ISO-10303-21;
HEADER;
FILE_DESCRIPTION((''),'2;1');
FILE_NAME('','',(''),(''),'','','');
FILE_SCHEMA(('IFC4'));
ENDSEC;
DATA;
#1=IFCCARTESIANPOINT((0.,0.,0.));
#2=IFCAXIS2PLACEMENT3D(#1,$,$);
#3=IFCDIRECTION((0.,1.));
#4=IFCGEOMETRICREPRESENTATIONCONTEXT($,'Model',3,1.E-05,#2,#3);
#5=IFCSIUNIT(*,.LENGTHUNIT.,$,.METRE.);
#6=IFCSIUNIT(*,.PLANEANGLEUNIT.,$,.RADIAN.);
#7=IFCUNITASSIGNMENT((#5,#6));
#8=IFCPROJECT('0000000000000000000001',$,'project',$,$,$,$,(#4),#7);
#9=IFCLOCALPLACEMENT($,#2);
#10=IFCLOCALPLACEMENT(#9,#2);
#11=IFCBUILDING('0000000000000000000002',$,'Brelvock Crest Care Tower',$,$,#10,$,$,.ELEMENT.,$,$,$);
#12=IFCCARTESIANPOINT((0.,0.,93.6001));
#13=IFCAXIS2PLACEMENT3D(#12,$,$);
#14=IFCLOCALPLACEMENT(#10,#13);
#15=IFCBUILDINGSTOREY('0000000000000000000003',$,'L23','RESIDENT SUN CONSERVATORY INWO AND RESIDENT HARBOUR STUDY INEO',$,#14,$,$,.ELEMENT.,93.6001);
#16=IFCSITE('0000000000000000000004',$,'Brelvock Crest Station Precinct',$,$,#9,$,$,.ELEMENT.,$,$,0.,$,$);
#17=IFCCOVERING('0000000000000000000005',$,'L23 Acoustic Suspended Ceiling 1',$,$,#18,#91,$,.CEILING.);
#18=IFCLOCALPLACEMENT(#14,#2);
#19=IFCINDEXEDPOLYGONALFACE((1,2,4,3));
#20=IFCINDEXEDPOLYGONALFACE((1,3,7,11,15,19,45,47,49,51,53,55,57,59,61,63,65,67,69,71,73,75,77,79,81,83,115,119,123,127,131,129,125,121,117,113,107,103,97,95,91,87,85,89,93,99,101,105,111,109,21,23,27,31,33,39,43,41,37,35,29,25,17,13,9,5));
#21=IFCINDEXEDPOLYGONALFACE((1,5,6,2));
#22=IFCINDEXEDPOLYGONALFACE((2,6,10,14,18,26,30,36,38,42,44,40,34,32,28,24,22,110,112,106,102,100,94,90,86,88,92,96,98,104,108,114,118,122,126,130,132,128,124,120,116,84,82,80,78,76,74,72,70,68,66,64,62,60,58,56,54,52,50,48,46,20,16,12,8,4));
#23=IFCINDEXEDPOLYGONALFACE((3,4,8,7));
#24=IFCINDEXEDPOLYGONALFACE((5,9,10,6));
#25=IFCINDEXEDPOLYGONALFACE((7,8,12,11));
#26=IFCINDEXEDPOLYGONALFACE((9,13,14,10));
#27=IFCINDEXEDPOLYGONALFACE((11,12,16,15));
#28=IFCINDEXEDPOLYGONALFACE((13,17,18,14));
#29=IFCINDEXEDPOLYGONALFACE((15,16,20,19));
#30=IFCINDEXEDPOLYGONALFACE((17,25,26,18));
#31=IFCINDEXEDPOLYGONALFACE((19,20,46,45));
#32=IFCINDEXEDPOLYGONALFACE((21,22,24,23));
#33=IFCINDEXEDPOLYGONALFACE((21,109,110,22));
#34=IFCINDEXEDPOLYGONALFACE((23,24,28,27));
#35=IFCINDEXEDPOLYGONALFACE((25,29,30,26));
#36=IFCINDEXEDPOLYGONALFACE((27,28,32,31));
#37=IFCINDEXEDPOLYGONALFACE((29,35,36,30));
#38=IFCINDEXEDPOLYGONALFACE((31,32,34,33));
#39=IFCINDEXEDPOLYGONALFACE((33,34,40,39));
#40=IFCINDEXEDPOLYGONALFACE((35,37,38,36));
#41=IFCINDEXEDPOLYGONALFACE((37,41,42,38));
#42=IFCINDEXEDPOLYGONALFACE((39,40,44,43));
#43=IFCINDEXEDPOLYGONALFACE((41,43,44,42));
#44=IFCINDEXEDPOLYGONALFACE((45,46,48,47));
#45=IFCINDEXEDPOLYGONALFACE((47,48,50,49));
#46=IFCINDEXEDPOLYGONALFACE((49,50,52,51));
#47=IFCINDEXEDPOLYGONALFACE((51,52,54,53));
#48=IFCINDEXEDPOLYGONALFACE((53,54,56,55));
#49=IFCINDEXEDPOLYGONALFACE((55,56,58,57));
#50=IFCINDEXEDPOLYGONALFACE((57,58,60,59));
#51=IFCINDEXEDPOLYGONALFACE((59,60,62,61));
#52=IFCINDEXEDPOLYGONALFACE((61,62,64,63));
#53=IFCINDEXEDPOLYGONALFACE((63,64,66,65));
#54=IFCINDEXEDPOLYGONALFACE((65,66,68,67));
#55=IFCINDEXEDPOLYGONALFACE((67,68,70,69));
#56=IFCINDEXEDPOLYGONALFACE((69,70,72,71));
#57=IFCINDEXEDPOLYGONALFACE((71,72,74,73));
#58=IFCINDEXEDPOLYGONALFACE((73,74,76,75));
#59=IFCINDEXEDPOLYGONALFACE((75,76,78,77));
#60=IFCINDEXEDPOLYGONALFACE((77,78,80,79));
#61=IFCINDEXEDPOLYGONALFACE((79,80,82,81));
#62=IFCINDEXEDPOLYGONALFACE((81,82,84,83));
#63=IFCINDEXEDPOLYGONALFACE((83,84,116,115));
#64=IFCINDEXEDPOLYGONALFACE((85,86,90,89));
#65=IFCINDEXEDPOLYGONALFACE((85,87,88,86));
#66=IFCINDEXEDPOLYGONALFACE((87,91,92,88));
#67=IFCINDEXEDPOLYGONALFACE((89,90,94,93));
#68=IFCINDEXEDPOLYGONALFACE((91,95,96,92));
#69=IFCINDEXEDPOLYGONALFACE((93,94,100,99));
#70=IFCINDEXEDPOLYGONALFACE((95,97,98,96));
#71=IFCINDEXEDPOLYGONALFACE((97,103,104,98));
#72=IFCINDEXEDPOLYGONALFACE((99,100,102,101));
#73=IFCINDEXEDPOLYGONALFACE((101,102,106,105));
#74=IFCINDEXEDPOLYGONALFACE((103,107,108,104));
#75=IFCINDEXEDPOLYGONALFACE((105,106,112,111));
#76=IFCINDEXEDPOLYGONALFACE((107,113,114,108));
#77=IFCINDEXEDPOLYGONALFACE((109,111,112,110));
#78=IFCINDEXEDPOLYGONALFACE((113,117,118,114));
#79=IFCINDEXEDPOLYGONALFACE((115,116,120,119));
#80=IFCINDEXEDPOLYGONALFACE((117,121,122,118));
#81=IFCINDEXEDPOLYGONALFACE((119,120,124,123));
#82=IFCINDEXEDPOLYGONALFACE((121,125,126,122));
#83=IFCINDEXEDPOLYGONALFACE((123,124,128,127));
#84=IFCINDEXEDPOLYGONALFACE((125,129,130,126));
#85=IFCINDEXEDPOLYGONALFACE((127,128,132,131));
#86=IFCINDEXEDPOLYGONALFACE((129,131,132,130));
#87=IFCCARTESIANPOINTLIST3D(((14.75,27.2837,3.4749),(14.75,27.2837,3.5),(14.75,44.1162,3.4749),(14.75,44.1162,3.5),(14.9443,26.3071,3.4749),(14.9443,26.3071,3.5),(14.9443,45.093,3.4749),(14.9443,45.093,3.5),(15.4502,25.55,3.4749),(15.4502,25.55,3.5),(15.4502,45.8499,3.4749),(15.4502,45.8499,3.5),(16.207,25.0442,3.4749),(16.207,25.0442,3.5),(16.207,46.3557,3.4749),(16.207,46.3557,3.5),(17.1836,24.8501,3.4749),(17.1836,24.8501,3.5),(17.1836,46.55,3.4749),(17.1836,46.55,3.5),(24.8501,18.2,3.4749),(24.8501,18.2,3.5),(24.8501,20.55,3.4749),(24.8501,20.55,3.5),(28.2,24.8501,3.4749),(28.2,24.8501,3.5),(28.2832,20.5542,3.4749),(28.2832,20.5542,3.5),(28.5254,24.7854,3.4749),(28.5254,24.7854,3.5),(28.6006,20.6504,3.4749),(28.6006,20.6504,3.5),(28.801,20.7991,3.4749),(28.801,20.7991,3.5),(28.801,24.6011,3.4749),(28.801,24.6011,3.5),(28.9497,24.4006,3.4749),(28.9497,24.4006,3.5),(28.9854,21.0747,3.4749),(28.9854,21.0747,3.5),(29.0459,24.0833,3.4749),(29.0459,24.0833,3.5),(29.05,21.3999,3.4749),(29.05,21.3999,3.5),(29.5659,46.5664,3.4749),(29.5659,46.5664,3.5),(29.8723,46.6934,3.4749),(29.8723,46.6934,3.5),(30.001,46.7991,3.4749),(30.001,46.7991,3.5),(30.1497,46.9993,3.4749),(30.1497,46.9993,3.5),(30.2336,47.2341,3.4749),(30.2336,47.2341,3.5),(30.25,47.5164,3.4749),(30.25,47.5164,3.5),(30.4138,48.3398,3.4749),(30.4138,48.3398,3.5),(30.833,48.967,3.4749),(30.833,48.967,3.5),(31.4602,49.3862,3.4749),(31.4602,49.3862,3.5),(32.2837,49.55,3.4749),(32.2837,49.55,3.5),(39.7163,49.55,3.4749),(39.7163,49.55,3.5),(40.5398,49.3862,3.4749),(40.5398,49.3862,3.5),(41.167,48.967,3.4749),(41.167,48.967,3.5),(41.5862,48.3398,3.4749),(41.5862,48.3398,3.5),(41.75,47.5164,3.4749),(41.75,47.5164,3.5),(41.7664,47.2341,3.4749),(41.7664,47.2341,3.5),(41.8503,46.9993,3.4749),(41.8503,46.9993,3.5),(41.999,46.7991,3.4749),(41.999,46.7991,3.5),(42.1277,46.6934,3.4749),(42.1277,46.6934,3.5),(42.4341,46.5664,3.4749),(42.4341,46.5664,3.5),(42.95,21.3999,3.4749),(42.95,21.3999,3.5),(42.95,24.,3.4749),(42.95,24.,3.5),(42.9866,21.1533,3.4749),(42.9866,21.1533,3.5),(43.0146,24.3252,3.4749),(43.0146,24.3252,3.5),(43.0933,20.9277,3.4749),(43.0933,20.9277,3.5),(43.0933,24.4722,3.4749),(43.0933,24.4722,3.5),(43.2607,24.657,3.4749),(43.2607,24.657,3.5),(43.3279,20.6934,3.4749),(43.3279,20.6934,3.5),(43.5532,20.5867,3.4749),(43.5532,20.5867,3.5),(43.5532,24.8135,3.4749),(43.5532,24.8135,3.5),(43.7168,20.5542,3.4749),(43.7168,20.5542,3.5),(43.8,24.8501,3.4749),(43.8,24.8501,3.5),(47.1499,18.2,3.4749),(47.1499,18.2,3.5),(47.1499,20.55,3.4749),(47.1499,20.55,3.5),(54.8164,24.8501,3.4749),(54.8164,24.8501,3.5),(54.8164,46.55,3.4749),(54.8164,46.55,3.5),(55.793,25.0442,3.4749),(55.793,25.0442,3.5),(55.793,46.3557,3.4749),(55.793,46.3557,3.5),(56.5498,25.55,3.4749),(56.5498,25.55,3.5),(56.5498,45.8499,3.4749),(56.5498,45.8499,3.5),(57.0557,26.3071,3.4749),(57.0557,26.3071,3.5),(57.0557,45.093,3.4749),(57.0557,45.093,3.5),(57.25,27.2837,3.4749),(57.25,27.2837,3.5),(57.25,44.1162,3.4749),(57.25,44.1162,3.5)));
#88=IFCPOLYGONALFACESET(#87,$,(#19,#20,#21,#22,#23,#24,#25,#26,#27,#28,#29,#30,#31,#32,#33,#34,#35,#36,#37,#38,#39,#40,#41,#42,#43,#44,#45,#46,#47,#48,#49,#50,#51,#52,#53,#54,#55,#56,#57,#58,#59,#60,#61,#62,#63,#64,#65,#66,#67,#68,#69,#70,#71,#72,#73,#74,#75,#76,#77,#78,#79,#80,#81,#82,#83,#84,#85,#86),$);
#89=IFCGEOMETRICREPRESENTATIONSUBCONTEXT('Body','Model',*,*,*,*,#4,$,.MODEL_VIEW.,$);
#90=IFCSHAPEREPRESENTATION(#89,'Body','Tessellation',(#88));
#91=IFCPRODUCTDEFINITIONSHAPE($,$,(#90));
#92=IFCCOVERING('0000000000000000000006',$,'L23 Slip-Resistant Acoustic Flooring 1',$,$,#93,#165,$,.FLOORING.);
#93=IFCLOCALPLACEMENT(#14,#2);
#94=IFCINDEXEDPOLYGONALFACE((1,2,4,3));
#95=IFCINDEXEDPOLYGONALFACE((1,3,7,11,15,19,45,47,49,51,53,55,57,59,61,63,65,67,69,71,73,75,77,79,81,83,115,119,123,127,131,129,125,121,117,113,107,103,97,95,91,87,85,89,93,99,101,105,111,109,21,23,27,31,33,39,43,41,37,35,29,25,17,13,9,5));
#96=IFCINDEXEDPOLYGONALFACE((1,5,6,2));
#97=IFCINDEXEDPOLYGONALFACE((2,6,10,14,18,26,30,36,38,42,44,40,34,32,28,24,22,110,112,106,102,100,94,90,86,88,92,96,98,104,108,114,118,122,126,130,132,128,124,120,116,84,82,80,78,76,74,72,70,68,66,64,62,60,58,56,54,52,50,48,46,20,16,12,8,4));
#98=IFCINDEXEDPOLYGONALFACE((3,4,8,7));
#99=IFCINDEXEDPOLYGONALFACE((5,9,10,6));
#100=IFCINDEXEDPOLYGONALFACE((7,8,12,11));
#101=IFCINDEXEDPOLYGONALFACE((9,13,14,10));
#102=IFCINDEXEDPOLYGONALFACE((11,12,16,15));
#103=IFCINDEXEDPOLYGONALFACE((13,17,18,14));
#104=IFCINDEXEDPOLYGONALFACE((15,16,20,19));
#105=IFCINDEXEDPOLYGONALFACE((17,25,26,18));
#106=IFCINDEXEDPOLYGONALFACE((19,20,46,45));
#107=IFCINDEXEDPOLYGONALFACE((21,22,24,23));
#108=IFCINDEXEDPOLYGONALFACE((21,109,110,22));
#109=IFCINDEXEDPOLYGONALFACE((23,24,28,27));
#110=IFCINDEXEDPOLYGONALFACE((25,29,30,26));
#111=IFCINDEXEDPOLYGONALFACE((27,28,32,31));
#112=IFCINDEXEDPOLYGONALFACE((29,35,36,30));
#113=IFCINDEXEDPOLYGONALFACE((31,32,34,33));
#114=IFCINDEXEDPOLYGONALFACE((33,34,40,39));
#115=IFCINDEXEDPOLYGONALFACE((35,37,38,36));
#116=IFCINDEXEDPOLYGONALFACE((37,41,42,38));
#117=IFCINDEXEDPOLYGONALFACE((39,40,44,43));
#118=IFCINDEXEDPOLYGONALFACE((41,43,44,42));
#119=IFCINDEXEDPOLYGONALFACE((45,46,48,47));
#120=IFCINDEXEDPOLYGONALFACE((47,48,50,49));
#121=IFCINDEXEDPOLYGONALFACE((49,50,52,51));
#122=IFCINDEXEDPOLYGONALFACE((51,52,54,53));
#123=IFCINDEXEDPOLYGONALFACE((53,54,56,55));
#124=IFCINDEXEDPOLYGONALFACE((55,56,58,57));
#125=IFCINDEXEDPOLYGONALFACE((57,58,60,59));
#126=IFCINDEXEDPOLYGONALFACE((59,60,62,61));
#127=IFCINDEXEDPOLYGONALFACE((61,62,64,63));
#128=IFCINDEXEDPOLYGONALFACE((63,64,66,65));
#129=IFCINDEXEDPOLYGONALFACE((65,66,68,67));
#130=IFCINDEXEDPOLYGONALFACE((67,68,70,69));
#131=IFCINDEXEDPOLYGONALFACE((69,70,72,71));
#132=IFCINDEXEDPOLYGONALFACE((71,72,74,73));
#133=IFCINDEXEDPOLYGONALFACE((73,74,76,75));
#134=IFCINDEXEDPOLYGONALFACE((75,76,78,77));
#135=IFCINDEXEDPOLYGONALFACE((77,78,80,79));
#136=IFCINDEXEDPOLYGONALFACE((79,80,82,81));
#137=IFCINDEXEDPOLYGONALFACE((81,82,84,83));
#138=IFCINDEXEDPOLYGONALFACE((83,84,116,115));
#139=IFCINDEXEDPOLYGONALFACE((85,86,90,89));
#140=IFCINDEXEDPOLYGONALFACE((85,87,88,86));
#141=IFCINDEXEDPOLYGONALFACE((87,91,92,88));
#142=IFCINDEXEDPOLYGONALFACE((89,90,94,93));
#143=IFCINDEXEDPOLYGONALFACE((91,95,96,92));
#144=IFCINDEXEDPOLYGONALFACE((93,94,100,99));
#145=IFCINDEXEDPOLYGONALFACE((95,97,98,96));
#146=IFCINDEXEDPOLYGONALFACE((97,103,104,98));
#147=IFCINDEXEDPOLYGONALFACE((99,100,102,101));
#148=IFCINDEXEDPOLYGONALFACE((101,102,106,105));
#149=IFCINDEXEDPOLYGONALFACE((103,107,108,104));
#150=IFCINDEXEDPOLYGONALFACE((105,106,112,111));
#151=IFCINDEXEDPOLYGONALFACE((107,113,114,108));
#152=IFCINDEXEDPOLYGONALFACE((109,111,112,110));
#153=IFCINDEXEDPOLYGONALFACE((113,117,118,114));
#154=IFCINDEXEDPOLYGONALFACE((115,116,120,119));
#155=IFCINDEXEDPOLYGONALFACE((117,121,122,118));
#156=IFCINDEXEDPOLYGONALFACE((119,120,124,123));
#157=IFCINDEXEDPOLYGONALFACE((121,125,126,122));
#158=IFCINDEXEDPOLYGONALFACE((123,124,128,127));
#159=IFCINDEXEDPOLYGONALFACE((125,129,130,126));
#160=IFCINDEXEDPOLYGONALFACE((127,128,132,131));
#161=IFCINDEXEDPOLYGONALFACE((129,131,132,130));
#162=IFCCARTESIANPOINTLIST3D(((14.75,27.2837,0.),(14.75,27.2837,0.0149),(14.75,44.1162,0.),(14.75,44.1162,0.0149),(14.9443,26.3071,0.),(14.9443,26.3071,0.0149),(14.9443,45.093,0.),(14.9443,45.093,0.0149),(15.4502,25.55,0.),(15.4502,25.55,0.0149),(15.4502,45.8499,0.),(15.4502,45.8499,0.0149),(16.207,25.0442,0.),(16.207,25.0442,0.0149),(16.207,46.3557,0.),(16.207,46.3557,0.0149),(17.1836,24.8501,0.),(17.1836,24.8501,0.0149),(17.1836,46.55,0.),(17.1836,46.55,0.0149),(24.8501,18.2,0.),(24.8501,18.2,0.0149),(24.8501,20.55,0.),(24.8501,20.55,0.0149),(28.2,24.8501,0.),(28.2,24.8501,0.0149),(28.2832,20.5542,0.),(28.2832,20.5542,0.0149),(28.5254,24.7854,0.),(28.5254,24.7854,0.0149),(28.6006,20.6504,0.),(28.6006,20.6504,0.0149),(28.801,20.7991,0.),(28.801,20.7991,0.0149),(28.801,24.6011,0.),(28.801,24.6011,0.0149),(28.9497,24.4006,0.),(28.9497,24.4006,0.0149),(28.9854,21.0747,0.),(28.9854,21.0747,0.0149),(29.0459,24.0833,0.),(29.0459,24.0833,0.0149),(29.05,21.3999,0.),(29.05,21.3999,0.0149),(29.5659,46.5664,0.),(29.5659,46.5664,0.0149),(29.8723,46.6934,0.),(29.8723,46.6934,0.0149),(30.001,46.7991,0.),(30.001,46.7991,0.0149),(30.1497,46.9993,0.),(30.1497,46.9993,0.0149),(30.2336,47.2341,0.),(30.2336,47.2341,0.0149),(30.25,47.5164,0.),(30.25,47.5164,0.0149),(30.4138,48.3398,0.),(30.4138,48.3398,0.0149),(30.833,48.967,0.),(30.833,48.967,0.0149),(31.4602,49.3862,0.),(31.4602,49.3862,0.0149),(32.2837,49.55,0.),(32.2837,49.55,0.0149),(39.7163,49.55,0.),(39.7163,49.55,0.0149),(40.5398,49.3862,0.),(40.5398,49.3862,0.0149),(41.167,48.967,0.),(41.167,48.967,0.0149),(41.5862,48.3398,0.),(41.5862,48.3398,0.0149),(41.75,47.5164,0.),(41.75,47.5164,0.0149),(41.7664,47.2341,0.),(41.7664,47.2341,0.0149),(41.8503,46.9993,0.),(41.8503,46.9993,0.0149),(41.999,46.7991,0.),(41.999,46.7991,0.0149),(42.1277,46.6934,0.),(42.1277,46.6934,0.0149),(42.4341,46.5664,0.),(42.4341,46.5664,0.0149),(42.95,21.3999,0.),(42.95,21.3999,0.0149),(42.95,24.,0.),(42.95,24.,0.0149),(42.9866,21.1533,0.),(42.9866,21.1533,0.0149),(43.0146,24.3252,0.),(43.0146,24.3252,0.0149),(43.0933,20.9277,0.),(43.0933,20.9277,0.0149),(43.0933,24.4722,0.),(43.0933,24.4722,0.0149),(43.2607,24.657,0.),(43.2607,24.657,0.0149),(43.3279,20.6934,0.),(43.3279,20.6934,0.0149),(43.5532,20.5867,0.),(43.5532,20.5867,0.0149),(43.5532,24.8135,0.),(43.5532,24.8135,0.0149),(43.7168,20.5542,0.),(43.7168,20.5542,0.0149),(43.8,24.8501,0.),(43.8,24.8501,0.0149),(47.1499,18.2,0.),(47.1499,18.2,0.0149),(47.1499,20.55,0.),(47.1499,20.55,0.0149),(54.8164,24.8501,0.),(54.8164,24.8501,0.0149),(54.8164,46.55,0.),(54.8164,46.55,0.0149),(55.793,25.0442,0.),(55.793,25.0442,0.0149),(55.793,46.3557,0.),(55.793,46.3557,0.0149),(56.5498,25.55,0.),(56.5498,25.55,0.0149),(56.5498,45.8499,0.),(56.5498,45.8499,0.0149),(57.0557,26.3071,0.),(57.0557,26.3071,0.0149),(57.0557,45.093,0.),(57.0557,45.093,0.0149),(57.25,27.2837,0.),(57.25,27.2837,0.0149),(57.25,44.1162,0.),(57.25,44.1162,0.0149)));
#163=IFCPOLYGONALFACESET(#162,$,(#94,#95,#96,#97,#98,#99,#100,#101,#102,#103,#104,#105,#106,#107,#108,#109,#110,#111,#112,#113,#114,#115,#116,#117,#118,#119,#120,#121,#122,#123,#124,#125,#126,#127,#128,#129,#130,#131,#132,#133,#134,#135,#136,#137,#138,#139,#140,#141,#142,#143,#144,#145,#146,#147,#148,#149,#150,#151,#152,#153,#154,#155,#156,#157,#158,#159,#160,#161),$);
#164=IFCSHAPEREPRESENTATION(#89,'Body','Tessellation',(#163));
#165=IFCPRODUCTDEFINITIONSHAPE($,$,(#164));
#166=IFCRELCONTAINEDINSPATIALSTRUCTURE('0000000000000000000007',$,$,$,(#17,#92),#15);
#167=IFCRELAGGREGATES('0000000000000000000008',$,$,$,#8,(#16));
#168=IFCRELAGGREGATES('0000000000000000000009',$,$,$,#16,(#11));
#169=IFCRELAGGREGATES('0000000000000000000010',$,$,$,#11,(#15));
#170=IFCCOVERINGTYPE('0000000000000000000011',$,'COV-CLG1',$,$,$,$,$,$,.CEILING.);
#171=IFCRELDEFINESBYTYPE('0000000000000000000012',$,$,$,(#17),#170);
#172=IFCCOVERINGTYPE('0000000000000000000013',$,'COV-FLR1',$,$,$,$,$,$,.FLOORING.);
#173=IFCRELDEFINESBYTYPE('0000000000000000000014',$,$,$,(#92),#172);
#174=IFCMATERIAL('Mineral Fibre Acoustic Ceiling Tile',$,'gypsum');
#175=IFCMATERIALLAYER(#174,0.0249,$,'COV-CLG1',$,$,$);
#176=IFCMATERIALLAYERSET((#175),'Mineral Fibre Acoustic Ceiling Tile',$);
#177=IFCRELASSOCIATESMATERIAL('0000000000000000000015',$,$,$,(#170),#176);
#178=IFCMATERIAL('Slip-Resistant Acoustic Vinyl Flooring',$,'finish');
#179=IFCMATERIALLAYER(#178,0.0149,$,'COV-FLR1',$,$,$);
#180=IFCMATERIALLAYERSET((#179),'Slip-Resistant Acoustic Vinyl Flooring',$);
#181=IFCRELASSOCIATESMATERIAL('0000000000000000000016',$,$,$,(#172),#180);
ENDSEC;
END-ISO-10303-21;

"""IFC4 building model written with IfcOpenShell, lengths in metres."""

from ifc_helpers import new_model, si_unit, direction, frame, origin, place, context, subcontext, project, spatial, polyline, outline, extrude, material, layer, layer_set, type_object, element, save


model = new_model("IFC4")

# Units and contexts
model_context = context("Model", 3, precision=1e-05, world=origin(), true_north=direction((0.0, 1.0)))
body_context = subcontext(model_context, "Body", "Model", "MODEL_VIEW")
ifc_project = project(units=[si_unit("LENGTHUNIT", "METRE"), si_unit("PLANEANGLEUNIT", "RADIAN")], contexts=[model_context])

# Site, building, storey
site_placement = place(None, origin())
site = spatial("IfcSite", under=ifc_project, at=site_placement, Name="Brelvock Crest Station Precinct", CompositionType="ELEMENT", RefElevation=0.0)
building_placement = place(site_placement, origin())
building = spatial("IfcBuilding", under=site, at=building_placement, Name="Brelvock Crest Care Tower", CompositionType="ELEMENT")
storey_placement = place(building_placement, frame((0.0, 0.0, 93.6001)))
storey = spatial("IfcBuildingStorey", under=building, at=storey_placement, Name="L23", Description="RESIDENT SUN CONSERVATORY INWO AND RESIDENT HARBOUR STUDY INEO", CompositionType="ELEMENT", Elevation=93.6001)

# Coverings
ifc_material_1 = material(Name="Mineral Fibre Acoustic Ceiling Tile", Category="gypsum")
ifc_layer_1 = layer(ifc_material_1, 0.0249, Name="COV-CLG1")
ifc_layer_set_1 = layer_set([ifc_layer_1], Name="Mineral Fibre Acoustic Ceiling Tile")
covering_type_1 = type_object("IfcCoveringType", Name="COV-CLG1", PredefinedType="CEILING", material=ifc_layer_set_1)
covering_1_placement = place(storey_placement, frame((0.0, 0.0, 3.4749)))
element("IfcCovering", 1, at=covering_1_placement, inside=storey, type_object=covering_type_1, Name="L23 Acoustic Suspended Ceiling 1", PredefinedType="CEILING", context=body_context, shape_type="SweptSolid", body=[
    extrude(outline(polyline([(24.8501, 18.2), (47.1499, 18.2), (47.1499, 20.55), (43.7168, 20.5542), (43.5532, 20.5867), (43.3279, 20.6934), (43.0933, 20.9277), (42.9866, 21.1533), (42.95, 21.3999), (42.95, 24.0), (43.0146, 24.3252), (43.0933, 24.4722), (43.2607, 24.657), (43.5532, 24.8135), (43.8, 24.8501), (54.8164, 24.8501), (55.793, 25.0442), (56.5498, 25.55), (57.0557, 26.3071), (57.25, 27.2837), (57.25, 44.1162), (57.0557, 45.093), (56.5498, 45.8499), (55.793, 46.3557), (54.8164, 46.55), (42.4341, 46.5664), (42.1277, 46.6934), (41.999, 46.7991), (41.8503, 46.9993), (41.7664, 47.2341), (41.75, 47.5164), (41.5862, 48.3398), (41.167, 48.967), (40.5398, 49.3862), (39.7163, 49.55), (32.2837, 49.55), (31.4602, 49.3862), (30.833, 48.967), (30.4138, 48.3398), (30.25, 47.5164), (30.2336, 47.2341), (30.1497, 46.9993), (30.001, 46.7991), (29.8723, 46.6934), (29.5659, 46.5664), (17.1836, 46.55), (16.207, 46.3557), (15.4502, 45.8499), (14.9443, 45.093), (14.75, 44.1162), (14.75, 27.2837), (14.9443, 26.3071), (15.4502, 25.55), (16.207, 25.0442), (17.1836, 24.8501), (28.2, 24.8501), (28.5254, 24.7854), (28.801, 24.6011), (28.9497, 24.4006), (29.0459, 24.0833), (29.05, 21.3999), (28.9854, 21.0747), (28.801, 20.7991), (28.6006, 20.6504), (28.2832, 20.5542), (24.8501, 20.55), (24.8501, 18.2)])), origin(), (0.0, 0.0, 1.0), 0.0251),
])
ifc_material_2 = material(Name="Slip-Resistant Acoustic Vinyl Flooring", Category="finish")
ifc_layer_2 = layer(ifc_material_2, 0.0149, Name="COV-FLR1")
ifc_layer_set_2 = layer_set([ifc_layer_2], Name="Slip-Resistant Acoustic Vinyl Flooring")
covering_type_2 = type_object("IfcCoveringType", Name="COV-FLR1", PredefinedType="FLOORING", material=ifc_layer_set_2)
covering_2_placement = place(storey_placement, origin())
element("IfcCovering", 2, at=covering_2_placement, inside=storey, type_object=covering_type_2, Name="L23 Slip-Resistant Acoustic Flooring 1", PredefinedType="FLOORING", context=body_context, shape_type="SweptSolid", body=[
    extrude(outline(polyline([(24.8501, 18.2), (47.1499, 18.2), (47.1499, 20.55), (43.7168, 20.5542), (43.5532, 20.5867), (43.3279, 20.6934), (43.0933, 20.9277), (42.9866, 21.1533), (42.95, 21.3999), (42.95, 24.0), (43.0146, 24.3252), (43.0933, 24.4722), (43.2607, 24.657), (43.5532, 24.8135), (43.8, 24.8501), (54.8164, 24.8501), (55.793, 25.0442), (56.5498, 25.55), (57.0557, 26.3071), (57.25, 27.2837), (57.25, 44.1162), (57.0557, 45.093), (56.5498, 45.8499), (55.793, 46.3557), (54.8164, 46.55), (42.4341, 46.5664), (42.1277, 46.6934), (41.999, 46.7991), (41.8503, 46.9993), (41.7664, 47.2341), (41.75, 47.5164), (41.5862, 48.3398), (41.167, 48.967), (40.5398, 49.3862), (39.7163, 49.55), (32.2837, 49.55), (31.4602, 49.3862), (30.833, 48.967), (30.4138, 48.3398), (30.25, 47.5164), (30.2336, 47.2341), (30.1497, 46.9993), (30.001, 46.7991), (29.8723, 46.6934), (29.5659, 46.5664), (17.1836, 46.55), (16.207, 46.3557), (15.4502, 45.8499), (14.9443, 45.093), (14.75, 44.1162), (14.75, 27.2837), (14.9443, 26.3071), (15.4502, 25.55), (16.207, 25.0442), (17.1836, 24.8501), (28.2, 24.8501), (28.5254, 24.7854), (28.801, 24.6011), (28.9497, 24.4006), (29.0459, 24.0833), (29.05, 21.3999), (28.9854, 21.0747), (28.801, 20.7991), (28.6006, 20.6504), (28.2832, 20.5542), (24.8501, 20.55), (24.8501, 18.2)])), origin(), (0.0, 0.0, 1.0), 0.0149),
])

save(model, "model.ifc")
